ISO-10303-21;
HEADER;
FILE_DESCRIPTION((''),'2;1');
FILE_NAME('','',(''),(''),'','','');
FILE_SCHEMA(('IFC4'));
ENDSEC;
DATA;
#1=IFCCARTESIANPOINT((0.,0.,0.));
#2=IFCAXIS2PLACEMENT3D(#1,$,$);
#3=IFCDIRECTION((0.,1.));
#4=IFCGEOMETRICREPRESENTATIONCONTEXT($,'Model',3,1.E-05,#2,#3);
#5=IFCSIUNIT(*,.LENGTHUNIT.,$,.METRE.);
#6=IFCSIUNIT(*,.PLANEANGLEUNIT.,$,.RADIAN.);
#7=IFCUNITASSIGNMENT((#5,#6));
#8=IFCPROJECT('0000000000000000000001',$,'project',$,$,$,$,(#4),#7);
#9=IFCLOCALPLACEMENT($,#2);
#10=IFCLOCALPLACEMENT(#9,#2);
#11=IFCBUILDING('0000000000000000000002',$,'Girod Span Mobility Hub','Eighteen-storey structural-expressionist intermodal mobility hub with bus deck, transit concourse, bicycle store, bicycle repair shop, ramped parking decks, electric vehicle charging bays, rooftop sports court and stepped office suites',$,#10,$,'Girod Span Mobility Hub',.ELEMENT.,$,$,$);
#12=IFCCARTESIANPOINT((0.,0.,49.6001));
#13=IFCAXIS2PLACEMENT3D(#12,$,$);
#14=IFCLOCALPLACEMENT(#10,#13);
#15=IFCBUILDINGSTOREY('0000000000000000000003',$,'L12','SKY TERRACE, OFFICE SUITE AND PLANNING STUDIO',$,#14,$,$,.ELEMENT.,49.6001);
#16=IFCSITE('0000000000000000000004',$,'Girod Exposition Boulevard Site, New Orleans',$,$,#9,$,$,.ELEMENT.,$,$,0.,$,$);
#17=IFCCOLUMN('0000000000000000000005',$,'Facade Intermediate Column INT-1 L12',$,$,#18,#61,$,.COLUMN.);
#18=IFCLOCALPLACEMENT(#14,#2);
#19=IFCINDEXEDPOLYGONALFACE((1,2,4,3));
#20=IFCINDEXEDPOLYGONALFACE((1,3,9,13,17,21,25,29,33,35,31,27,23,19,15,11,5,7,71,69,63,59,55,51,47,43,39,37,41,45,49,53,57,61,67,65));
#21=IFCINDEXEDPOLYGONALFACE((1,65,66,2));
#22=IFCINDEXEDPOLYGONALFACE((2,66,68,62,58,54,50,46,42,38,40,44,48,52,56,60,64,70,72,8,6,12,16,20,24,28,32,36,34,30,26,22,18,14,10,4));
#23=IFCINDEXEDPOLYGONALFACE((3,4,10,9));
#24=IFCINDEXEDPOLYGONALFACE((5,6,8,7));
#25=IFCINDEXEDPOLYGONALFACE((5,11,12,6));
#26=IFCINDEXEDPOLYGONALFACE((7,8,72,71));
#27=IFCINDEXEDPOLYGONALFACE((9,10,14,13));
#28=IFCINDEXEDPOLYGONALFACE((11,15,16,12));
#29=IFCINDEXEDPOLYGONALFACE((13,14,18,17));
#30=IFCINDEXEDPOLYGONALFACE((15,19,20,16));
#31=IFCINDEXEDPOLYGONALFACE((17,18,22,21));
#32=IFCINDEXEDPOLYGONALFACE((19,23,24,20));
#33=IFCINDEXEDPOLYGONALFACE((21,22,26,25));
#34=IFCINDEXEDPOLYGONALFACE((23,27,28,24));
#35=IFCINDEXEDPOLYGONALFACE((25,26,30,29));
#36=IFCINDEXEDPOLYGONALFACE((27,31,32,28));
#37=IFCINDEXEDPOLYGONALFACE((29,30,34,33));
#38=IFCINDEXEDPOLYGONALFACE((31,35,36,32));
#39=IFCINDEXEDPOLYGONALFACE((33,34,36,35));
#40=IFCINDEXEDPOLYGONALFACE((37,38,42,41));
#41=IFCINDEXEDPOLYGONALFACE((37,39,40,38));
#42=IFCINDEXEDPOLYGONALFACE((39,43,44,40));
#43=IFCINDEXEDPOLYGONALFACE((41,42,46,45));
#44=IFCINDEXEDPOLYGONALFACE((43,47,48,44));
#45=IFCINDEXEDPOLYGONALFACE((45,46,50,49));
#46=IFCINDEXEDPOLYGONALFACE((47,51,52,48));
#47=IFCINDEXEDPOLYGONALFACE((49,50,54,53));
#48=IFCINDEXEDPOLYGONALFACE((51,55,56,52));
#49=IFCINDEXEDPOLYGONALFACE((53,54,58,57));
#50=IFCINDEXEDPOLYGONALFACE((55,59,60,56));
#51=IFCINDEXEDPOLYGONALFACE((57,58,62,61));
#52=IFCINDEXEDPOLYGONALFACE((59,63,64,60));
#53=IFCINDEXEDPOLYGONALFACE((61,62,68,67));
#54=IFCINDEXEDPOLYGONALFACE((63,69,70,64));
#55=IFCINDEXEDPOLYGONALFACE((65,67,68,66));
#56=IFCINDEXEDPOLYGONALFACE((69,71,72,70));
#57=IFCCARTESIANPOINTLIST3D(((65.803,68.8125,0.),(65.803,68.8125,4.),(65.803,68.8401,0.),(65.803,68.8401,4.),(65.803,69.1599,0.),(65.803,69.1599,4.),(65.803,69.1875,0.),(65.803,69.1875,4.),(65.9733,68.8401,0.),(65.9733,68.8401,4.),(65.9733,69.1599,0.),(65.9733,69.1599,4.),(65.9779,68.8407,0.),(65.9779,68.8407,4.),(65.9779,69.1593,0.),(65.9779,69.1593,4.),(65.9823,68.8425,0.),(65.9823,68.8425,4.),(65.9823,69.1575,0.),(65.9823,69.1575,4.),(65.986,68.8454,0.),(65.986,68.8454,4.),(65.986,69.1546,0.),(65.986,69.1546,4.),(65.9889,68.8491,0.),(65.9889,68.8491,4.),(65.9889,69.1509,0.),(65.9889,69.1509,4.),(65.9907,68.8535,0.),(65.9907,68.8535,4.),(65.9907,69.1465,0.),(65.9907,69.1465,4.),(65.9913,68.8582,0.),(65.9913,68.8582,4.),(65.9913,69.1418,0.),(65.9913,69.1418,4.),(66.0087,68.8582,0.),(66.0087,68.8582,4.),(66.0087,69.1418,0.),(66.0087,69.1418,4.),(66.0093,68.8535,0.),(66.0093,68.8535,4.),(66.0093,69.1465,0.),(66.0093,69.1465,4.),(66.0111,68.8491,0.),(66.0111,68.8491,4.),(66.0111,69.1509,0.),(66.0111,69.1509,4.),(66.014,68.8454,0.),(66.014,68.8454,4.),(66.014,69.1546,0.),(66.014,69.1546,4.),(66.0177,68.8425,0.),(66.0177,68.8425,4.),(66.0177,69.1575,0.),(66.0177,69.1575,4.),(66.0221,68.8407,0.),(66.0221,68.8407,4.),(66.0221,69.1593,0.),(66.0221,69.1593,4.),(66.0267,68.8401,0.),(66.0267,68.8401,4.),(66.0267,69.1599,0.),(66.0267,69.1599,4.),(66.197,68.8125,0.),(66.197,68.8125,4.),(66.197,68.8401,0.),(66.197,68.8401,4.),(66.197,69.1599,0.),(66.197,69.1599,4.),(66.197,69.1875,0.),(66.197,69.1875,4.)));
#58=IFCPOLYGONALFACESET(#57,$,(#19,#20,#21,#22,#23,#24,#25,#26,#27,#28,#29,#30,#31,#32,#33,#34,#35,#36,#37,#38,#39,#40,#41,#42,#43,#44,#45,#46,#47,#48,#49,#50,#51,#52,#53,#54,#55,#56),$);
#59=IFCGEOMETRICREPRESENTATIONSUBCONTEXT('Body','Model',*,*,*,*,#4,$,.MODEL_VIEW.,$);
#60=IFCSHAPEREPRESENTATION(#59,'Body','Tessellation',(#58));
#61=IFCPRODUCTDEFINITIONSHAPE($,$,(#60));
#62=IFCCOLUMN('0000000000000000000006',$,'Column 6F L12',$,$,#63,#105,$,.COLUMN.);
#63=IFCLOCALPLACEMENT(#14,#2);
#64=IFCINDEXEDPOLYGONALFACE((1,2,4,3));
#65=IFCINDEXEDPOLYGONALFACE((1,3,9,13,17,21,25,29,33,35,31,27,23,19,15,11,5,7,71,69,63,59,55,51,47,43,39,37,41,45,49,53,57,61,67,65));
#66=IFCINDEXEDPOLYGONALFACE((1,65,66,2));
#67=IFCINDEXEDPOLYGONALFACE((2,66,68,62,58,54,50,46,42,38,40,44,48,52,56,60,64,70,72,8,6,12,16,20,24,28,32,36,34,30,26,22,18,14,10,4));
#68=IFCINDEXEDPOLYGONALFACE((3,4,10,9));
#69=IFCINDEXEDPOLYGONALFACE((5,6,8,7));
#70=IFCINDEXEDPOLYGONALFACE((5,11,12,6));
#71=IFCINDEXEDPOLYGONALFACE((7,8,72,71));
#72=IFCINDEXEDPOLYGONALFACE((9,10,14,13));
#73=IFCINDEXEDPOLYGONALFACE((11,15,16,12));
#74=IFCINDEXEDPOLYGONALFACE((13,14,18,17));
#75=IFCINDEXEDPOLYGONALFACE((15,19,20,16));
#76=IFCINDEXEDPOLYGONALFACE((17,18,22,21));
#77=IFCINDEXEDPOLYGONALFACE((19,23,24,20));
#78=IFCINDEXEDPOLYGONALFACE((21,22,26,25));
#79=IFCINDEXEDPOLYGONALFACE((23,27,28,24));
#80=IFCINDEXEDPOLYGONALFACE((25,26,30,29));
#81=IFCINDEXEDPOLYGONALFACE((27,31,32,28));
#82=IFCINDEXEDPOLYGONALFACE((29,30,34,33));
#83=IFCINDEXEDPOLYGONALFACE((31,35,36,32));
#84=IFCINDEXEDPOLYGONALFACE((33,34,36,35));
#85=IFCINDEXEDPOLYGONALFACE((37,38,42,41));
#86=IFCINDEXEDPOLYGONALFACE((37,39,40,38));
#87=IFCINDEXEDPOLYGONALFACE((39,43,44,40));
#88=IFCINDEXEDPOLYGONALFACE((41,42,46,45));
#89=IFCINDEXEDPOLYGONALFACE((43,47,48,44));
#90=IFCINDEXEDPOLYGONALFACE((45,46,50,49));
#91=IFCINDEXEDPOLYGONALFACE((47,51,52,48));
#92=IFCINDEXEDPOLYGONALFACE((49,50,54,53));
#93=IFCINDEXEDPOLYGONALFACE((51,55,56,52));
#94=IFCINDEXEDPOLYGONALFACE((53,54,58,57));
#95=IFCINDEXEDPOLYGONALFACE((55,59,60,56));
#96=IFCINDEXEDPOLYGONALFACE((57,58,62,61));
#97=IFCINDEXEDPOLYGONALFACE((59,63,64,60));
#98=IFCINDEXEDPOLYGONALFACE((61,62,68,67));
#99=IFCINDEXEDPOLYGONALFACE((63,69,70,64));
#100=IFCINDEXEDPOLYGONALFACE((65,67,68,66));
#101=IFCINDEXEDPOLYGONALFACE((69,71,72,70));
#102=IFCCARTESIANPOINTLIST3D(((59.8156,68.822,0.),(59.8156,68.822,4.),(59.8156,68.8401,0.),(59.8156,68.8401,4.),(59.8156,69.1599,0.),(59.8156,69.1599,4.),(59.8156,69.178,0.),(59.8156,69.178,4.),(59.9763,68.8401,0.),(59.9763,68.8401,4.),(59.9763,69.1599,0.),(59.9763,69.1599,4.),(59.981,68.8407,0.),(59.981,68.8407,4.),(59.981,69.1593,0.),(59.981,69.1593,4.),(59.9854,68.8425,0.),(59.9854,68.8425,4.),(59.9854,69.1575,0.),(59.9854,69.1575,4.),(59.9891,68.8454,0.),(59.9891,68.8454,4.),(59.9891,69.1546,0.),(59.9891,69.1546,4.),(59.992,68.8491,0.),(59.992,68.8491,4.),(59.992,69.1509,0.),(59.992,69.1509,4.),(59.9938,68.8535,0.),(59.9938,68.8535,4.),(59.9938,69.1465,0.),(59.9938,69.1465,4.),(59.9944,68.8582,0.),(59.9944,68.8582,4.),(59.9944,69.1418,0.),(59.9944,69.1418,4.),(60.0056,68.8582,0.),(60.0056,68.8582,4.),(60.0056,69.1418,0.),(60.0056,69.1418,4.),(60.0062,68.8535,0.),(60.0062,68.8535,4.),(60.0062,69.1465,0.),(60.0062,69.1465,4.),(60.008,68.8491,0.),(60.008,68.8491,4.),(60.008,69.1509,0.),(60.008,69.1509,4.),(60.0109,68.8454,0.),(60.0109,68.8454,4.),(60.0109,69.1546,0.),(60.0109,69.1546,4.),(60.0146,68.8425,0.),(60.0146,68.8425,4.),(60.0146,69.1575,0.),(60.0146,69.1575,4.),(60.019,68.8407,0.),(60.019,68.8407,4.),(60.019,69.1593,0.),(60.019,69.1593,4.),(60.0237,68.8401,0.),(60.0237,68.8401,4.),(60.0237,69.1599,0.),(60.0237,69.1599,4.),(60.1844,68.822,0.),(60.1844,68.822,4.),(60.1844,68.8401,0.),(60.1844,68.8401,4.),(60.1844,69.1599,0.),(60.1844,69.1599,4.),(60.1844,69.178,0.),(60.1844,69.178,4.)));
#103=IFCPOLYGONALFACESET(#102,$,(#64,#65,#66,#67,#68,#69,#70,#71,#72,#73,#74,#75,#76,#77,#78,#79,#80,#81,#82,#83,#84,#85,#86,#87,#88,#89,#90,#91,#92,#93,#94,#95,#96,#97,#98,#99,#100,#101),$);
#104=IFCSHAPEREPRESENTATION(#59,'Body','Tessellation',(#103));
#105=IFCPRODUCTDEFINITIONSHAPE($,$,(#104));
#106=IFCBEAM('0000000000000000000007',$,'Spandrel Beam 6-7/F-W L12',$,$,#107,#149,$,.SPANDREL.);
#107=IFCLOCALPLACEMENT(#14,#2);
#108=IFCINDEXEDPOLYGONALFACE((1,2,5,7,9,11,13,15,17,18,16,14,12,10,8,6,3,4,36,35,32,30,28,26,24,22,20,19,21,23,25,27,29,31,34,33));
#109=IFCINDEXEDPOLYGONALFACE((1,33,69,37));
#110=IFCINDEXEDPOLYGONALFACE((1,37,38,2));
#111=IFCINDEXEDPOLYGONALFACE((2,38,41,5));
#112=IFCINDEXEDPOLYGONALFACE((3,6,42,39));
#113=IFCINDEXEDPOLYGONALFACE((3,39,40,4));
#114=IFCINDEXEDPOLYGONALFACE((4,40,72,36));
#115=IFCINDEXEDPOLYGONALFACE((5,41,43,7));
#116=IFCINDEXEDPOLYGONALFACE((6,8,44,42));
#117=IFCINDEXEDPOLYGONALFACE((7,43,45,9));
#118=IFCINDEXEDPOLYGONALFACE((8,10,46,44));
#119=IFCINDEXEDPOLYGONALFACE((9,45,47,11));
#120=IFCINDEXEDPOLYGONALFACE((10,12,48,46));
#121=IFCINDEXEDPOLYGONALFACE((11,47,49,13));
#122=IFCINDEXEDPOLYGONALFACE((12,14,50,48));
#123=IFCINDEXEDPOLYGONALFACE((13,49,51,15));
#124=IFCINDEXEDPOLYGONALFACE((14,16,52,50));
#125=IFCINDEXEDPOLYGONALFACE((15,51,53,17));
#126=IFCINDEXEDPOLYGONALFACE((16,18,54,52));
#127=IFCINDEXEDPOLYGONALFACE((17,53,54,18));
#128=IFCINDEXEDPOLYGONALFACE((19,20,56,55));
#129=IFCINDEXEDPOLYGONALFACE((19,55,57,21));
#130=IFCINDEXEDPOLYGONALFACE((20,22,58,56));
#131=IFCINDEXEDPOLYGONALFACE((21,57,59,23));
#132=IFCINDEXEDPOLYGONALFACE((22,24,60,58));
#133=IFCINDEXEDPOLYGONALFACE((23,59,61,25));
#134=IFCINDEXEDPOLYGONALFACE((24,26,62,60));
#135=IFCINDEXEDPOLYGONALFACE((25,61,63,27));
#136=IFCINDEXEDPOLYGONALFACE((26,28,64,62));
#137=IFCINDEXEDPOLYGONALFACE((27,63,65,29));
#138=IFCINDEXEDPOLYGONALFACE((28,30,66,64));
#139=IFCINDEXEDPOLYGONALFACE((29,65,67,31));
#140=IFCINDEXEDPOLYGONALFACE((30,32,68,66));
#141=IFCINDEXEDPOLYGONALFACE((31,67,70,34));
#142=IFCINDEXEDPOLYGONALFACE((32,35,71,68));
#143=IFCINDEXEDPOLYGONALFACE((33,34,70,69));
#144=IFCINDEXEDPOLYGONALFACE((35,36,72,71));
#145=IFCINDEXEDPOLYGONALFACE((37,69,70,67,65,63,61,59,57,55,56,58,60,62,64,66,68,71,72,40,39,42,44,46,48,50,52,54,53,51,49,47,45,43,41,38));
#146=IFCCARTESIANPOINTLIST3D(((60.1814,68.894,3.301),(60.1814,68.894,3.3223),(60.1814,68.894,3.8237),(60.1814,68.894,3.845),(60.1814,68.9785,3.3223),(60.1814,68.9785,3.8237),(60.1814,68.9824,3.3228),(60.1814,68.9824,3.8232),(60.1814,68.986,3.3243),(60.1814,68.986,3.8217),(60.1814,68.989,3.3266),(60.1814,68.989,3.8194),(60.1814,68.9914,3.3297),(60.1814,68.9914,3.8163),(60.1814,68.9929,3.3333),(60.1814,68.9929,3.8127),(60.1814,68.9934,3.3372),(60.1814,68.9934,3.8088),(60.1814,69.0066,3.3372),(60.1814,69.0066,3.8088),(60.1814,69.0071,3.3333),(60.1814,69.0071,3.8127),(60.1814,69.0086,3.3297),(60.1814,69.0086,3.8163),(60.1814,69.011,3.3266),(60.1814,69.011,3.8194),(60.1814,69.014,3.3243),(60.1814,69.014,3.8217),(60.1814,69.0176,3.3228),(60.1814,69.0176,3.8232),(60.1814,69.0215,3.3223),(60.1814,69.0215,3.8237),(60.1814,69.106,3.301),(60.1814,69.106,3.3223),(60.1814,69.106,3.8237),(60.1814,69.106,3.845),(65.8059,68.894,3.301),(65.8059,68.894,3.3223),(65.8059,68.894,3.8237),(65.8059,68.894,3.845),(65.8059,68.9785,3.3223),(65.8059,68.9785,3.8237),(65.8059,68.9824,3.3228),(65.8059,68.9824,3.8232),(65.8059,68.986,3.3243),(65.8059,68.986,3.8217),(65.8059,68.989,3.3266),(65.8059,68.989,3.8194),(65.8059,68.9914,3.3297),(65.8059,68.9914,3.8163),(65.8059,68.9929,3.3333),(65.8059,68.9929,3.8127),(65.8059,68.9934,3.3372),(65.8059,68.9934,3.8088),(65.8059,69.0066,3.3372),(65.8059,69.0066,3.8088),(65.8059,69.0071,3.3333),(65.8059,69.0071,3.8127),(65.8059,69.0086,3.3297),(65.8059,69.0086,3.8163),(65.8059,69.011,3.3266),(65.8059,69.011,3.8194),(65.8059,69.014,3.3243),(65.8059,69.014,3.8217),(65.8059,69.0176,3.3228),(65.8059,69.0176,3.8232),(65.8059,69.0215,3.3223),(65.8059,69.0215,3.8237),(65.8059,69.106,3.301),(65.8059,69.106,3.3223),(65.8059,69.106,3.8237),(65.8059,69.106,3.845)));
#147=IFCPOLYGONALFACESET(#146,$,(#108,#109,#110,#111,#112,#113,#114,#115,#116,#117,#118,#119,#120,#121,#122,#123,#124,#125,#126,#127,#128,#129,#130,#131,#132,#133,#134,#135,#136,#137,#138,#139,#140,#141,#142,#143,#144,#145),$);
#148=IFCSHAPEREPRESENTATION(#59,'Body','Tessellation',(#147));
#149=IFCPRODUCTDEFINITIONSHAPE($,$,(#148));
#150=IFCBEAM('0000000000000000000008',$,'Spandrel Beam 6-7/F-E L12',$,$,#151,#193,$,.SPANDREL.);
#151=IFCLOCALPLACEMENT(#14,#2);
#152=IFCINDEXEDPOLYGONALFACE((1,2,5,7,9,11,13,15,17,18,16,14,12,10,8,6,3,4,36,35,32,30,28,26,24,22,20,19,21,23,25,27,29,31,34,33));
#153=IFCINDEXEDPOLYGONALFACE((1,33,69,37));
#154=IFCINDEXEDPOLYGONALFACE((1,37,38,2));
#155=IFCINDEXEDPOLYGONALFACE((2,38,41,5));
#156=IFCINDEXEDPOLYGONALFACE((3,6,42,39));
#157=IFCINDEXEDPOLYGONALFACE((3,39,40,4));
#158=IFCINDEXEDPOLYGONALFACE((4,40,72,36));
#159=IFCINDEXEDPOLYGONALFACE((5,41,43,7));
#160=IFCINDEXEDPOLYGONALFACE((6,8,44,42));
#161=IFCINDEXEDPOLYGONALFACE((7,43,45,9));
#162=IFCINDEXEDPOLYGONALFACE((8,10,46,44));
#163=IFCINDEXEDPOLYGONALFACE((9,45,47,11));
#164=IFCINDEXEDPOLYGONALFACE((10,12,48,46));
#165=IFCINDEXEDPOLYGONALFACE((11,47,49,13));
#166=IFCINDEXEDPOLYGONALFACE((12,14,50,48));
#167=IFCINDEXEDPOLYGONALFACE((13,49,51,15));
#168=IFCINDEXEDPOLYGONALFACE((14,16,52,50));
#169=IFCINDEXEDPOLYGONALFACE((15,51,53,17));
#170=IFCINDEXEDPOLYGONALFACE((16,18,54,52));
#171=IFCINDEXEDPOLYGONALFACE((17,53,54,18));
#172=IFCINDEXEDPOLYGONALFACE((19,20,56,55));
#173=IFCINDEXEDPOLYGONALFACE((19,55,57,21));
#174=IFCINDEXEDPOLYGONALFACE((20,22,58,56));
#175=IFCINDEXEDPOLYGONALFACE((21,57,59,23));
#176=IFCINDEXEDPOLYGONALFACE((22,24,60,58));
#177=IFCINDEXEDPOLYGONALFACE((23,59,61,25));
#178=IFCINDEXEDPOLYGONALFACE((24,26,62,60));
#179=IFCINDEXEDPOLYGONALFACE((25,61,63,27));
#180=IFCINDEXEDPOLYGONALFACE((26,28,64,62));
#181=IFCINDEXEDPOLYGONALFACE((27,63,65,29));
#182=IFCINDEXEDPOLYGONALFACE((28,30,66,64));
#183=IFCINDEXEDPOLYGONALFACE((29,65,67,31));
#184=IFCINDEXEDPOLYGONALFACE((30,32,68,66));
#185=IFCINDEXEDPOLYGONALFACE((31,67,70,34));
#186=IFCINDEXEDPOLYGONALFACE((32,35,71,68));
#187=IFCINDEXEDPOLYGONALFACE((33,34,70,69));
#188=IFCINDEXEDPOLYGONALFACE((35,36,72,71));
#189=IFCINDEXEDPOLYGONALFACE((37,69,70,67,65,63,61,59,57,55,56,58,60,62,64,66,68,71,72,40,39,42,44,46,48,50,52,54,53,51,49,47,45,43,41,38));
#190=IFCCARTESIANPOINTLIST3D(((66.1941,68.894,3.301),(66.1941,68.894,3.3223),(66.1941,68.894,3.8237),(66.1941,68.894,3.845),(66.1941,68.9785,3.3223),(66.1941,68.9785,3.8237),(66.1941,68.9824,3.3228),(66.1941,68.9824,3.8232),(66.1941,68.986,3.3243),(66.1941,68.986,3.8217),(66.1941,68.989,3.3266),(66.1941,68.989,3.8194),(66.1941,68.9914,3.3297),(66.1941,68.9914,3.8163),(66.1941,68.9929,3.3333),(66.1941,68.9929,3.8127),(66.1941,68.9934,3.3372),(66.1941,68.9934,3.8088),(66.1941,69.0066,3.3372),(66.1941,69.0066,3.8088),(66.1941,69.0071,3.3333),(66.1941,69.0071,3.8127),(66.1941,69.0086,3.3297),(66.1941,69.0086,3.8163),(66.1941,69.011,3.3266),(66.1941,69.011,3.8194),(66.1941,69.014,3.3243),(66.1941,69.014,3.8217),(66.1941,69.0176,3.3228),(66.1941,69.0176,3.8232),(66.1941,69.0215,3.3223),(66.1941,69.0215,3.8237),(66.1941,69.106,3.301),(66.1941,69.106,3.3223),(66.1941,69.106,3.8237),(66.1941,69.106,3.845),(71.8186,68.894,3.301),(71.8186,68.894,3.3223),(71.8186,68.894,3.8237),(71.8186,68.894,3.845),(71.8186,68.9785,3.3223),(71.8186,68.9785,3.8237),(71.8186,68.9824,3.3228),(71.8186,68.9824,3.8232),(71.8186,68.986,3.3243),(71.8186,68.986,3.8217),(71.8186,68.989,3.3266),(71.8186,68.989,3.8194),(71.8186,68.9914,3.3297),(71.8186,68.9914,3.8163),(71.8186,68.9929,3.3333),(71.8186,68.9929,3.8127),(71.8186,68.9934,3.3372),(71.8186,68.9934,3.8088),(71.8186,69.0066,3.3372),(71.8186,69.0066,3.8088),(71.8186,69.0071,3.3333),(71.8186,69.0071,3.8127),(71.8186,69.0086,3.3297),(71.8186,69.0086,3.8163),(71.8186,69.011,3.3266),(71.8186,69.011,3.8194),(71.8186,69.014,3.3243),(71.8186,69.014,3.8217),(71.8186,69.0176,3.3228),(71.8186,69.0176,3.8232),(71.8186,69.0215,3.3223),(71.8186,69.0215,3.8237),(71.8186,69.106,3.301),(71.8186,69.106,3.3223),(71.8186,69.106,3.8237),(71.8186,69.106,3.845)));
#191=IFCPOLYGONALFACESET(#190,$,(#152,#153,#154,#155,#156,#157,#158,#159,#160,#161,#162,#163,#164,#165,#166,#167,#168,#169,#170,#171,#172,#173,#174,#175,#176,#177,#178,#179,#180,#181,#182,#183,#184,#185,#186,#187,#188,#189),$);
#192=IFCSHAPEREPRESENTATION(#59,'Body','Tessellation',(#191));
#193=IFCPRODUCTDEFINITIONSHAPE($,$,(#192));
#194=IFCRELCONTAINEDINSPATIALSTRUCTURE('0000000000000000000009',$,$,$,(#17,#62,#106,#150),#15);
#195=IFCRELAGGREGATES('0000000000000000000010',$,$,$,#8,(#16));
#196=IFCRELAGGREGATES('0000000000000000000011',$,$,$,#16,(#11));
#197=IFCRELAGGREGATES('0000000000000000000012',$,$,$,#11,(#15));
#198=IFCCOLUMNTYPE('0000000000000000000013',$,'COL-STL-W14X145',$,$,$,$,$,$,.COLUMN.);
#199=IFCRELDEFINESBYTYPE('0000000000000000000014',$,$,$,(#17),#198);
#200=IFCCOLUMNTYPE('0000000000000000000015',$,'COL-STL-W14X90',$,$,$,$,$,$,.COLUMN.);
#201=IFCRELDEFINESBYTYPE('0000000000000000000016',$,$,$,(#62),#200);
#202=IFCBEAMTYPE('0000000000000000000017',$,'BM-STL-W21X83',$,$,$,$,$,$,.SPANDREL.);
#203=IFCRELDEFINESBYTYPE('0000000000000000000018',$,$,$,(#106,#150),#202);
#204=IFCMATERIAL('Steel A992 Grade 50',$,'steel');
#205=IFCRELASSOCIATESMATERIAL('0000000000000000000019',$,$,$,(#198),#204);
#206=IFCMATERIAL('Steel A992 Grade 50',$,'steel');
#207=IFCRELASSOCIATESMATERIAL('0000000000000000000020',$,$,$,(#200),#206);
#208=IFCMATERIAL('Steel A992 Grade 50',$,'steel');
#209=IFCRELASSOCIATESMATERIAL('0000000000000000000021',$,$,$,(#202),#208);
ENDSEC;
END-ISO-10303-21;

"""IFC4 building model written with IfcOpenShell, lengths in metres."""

from ifc_helpers import new_model, si_unit, direction, frame, origin, origin_2d, place, context, subcontext, project, spatial, i_section, extrude, material, material_profile, profile_set, type_object, element, save


model = new_model("IFC4")

# Units and contexts
model_context = context("Model", 3, precision=1e-05, world=origin(), true_north=direction((0.0, 1.0)))
body_context = subcontext(model_context, "Body", "Model", "MODEL_VIEW")
ifc_project = project(units=[si_unit("LENGTHUNIT", "METRE"), si_unit("PLANEANGLEUNIT", "RADIAN")], contexts=[model_context])

# Site, building, storey
site_placement = place(None, origin())
site = spatial("IfcSite", under=ifc_project, at=site_placement, Name="Girod Exposition Boulevard Site, New Orleans", CompositionType="ELEMENT", RefElevation=0.0)
building_placement = place(site_placement, origin())
building = spatial("IfcBuilding", under=site, at=building_placement, Name="Girod Span Mobility Hub", Description="Eighteen-storey structural-expressionist intermodal mobility hub with bus deck, transit concourse, bicycle store, bicycle repair shop, ramped parking decks, electric vehicle charging bays, rooftop sports court and stepped office suites", LongName="Girod Span Mobility Hub", CompositionType="ELEMENT")
storey_placement = place(building_placement, frame((0.0, 0.0, 49.6001)))
storey = spatial("IfcBuildingStorey", under=building, at=storey_placement, Name="L12", Description="SKY TERRACE, OFFICE SUITE AND PLANNING STUDIO", CompositionType="ELEMENT", Elevation=49.6001)

# Columns
ifc_material_1 = material(Name="Steel A992 Grade 50", Category="steel")
ifc_material_profile_1 = material_profile(ifc_material_1, i_section(OverallWidth=0.394, OverallDepth=0.375, WebThickness=0.0173, FlangeThickness=0.0276, FilletRadius=0.0181, at=origin_2d()), Name="W14X145")
ifc_profile_set_1 = profile_set([ifc_material_profile_1], Name="Steel A992 Grade 50")
column_type_1 = type_object("IfcColumnType", Name="COL-STL-W14X145", PredefinedType="COLUMN", material=ifc_profile_set_1)
column_1_placement = place(storey_placement, frame((66.0, 69.0, 0.0), z_axis=(0.0, 0.0, 1.0), x_axis=(1.0, 0.0, 0.0)))
element("IfcColumn", 1, at=column_1_placement, inside=storey, type_object=column_type_1, Name="Facade Intermediate Column INT-1 L12", PredefinedType="COLUMN", context=body_context, shape_type="SweptSolid", body=[
    extrude(i_section(OverallWidth=0.394, OverallDepth=0.375, WebThickness=0.0173, FlangeThickness=0.0276, FilletRadius=0.0181, at=origin_2d()), origin(), (0.0, 0.0, 1.0), 4.0),
])
ifc_material_2 = material(Name="Steel A992 Grade 50", Category="steel")
ifc_material_profile_2 = material_profile(ifc_material_2, i_section(OverallWidth=0.3689, OverallDepth=0.356, WebThickness=0.0112, FlangeThickness=0.0181, FilletRadius=0.0181, at=origin_2d()), Name="W14X90")
ifc_profile_set_2 = profile_set([ifc_material_profile_2], Name="Steel A992 Grade 50")
column_type_2 = type_object("IfcColumnType", Name="COL-STL-W14X90", PredefinedType="COLUMN", material=ifc_profile_set_2)
column_2_placement = place(storey_placement, frame((60.0, 69.0, 0.0), z_axis=(0.0, 0.0, 1.0), x_axis=(1.0, 0.0, 0.0)))
element("IfcColumn", 2, at=column_2_placement, inside=storey, type_object=column_type_2, Name="Column 6F L12", PredefinedType="COLUMN", context=body_context, shape_type="SweptSolid", body=[
    extrude(i_section(OverallWidth=0.3689, OverallDepth=0.356, WebThickness=0.0112, FlangeThickness=0.0181, FilletRadius=0.0181, at=origin_2d()), origin(), (0.0, 0.0, 1.0), 4.0),
])

# Beams
ifc_material_3 = material(Name="Steel A992 Grade 50", Category="steel")
ifc_material_profile_3 = material_profile(ifc_material_3, i_section(OverallWidth=0.2119, OverallDepth=0.5439, WebThickness=0.0132, FlangeThickness=0.0212, FilletRadius=0.0149, at=origin_2d()), Name="W21X83")
ifc_profile_set_3 = profile_set([ifc_material_profile_3], Name="Steel A992 Grade 50")
beam_type = type_object("IfcBeamType", Name="BM-STL-W21X83", PredefinedType="SPANDREL", material=ifc_profile_set_3)
for number, where, z_axis, x_axis, name in (
    (3, (60.1814, 69.0, 3.573), (1.0, 0.0, 0.0), (0.0, 1.0, 0.0), "Spandrel Beam 6-7/F-W L12"),
    (4, (66.1941, 69.0, 3.573), (1.0, 0.0, 0.0), (0.0, 1.0, 0.0), "Spandrel Beam 6-7/F-E L12"),
):
    element("IfcBeam", number, at=place(storey_placement, frame(where, z_axis=z_axis, x_axis=x_axis)), inside=storey, type_object=beam_type, Name=name, PredefinedType="SPANDREL", context=body_context, shape_type="SweptSolid", body=[
        extrude(i_section(OverallWidth=0.2119, OverallDepth=0.5439, WebThickness=0.0132, FlangeThickness=0.0212, FilletRadius=0.0149, at=origin_2d()), origin(), (0.0, 0.0, 1.0), 5.6245),
    ])

save(model, "model.ifc")
